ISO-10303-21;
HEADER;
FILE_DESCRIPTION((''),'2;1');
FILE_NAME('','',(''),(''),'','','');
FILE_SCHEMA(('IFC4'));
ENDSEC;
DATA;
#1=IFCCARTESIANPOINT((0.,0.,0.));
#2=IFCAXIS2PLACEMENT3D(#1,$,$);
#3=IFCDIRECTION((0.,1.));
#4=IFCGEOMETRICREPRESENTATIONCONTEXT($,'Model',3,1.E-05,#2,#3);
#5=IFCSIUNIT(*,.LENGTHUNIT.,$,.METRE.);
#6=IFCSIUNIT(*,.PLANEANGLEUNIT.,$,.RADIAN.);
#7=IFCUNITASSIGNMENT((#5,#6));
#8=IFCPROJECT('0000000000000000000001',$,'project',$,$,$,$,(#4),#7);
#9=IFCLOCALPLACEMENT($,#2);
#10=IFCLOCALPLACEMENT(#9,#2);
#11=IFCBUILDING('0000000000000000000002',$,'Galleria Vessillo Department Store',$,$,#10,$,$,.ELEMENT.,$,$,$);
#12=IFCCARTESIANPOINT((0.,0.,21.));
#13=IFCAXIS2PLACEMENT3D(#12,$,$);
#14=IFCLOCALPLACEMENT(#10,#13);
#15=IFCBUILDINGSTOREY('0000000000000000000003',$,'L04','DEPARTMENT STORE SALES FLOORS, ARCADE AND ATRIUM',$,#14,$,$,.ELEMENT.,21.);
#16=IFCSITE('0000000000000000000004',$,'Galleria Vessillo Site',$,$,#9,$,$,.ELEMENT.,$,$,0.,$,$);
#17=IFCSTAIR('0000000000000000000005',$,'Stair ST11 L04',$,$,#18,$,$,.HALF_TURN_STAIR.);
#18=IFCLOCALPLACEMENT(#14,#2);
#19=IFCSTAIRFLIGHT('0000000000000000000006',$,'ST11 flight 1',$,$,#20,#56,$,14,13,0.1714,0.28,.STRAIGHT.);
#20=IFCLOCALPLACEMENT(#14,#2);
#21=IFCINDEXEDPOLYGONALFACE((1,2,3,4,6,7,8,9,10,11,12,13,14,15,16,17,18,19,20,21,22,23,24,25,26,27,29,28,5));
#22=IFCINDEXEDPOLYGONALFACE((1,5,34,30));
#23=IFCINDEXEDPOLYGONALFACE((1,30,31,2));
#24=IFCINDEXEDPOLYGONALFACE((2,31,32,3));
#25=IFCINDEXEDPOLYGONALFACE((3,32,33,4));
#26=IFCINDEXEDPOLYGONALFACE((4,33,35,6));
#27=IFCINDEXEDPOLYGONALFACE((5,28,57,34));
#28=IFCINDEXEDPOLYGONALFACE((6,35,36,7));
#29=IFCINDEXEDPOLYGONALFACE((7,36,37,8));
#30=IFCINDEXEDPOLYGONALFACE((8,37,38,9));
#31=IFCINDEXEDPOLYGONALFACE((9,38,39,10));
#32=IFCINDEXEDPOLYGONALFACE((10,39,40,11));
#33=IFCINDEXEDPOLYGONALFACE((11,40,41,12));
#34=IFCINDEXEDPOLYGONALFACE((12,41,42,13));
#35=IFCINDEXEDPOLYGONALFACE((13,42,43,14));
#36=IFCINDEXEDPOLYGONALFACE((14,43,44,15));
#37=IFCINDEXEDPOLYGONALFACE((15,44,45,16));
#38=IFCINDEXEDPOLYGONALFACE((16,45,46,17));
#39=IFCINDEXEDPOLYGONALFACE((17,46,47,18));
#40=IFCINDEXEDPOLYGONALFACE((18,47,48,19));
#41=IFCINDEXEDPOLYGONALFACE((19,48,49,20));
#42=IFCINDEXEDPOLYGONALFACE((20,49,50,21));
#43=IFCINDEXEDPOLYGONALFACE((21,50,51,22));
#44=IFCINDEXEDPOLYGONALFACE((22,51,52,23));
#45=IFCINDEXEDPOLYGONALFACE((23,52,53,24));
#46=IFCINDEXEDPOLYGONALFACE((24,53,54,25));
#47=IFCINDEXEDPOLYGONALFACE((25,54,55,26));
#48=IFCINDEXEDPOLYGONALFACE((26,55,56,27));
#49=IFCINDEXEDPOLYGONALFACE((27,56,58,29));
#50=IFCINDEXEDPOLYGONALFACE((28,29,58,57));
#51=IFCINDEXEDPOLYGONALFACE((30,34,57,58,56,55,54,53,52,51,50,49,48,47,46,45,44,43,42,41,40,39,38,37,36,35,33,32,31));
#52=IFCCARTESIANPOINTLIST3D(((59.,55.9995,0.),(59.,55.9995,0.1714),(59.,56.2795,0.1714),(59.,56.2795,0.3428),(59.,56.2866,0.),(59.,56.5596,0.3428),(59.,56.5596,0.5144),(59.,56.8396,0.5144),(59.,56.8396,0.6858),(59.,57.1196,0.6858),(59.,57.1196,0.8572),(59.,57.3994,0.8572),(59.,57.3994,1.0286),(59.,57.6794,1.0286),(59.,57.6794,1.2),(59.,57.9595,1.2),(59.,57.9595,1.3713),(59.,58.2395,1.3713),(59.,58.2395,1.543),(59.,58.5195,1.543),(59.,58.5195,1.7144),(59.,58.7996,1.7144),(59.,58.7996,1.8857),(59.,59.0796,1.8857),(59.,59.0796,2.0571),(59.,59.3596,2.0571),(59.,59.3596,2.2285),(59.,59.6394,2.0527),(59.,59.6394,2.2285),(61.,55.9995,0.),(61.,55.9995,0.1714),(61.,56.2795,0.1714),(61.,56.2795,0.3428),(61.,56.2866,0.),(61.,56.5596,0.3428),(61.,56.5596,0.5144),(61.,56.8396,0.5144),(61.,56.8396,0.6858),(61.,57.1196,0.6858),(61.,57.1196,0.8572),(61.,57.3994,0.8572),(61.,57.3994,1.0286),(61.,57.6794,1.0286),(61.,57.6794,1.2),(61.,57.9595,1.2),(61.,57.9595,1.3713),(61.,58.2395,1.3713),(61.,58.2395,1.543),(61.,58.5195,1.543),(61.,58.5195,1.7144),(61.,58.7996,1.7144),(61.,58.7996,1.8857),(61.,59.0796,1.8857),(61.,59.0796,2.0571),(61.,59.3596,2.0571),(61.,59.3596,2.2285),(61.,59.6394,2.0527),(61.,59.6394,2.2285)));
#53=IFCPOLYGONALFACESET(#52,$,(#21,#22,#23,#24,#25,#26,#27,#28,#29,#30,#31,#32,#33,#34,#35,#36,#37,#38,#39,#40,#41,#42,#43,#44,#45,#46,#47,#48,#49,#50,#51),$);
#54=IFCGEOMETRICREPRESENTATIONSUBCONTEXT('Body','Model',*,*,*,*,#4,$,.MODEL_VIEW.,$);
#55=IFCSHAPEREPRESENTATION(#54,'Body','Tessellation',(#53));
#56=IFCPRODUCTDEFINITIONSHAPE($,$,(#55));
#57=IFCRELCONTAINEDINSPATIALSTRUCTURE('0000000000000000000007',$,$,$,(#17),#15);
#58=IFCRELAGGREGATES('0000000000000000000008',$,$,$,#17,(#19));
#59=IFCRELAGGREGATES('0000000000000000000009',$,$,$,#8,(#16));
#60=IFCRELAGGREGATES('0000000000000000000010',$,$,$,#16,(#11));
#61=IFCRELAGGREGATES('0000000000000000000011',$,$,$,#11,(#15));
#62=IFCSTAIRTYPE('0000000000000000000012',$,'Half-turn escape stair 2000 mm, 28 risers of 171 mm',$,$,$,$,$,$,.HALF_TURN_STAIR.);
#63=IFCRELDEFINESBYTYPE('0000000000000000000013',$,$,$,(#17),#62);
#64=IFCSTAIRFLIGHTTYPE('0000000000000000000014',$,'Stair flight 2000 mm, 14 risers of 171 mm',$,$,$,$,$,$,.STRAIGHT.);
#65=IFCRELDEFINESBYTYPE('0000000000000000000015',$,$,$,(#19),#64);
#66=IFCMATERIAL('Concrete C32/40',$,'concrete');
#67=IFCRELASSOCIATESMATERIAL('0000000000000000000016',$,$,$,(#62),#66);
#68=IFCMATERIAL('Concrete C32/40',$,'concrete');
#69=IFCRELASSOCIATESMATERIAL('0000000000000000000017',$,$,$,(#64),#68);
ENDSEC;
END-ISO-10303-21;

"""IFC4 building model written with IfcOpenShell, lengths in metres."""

from ifc_helpers import new_model, si_unit, direction, frame, origin, place, context, subcontext, project, spatial, polyline, outline, extrude, material, type_object, element, aggregate, save


model = new_model("IFC4")

# Units and contexts
model_context = context("Model", 3, precision=1e-05, world=origin(), true_north=direction((0.0, 1.0)))
body_context = subcontext(model_context, "Body", "Model", "MODEL_VIEW")
ifc_project = project(units=[si_unit("LENGTHUNIT", "METRE"), si_unit("PLANEANGLEUNIT", "RADIAN")], contexts=[model_context])

# Site, building, storey
site_placement = place(None, origin())
site = spatial("IfcSite", under=ifc_project, at=site_placement, Name="Galleria Vessillo Site", CompositionType="ELEMENT", RefElevation=0.0)
building_placement = place(site_placement, origin())
building = spatial("IfcBuilding", under=site, at=building_placement, Name="Galleria Vessillo Department Store", CompositionType="ELEMENT")
storey_placement = place(building_placement, frame((0.0, 0.0, 21.0)))
storey = spatial("IfcBuildingStorey", under=building, at=storey_placement, Name="L04", Description="DEPARTMENT STORE SALES FLOORS, ARCADE AND ATRIUM", CompositionType="ELEMENT", Elevation=21.0)

# Stair, stair flight
ifc_material_1 = material(Name="Concrete C32/40", Category="concrete")
stair_type = type_object("IfcStairType", Name="Half-turn escape stair 2000 mm, 28 risers of 171 mm", PredefinedType="HALF_TURN_STAIR", material=ifc_material_1)
stair_placement = place(storey_placement, origin())
stair = element("IfcStair", 1, at=stair_placement, inside=storey, type_object=stair_type, Name="Stair ST11 L04", PredefinedType="HALF_TURN_STAIR")
ifc_material_2 = material(Name="Concrete C32/40", Category="concrete")
stair_flight_type = type_object("IfcStairFlightType", Name="Stair flight 2000 mm, 14 risers of 171 mm", PredefinedType="STRAIGHT", material=ifc_material_2)
stair_flight_placement = place(storey_placement, frame((60.0, 55.9995, 0.0), z_axis=(0.0, 0.0, 1.0), x_axis=(0.0, 1.0, 0.0)))
stair_flight = element("IfcStairFlight", 2, at=stair_flight_placement, type_object=stair_flight_type, Name="ST11 flight 1", NumberOfRisers=14, NumberOfTreads=13, PredefinedType="STRAIGHT", RiserHeight=0.1714, TreadLength=0.28, context=body_context, shape_type="SweptSolid", body=[
    extrude(outline(polyline([(0.0, 0.0), (0.0, 0.1714), (0.28, 0.1714), (0.28, 0.3428), (0.5601, 0.3428), (0.5601, 0.5144), (0.8401, 0.5144), (0.8401, 0.6858), (1.1201, 0.6858), (1.1201, 0.8572), (1.3999, 0.8572), (1.3999, 1.0286), (1.6799, 1.0286), (1.6799, 1.2), (1.96, 1.2), (1.96, 1.3713), (2.24, 1.3713), (2.24, 1.543), (2.52, 1.543), (2.52, 1.7144), (2.8, 1.7144), (2.8, 1.8857), (3.0801, 1.8857), (3.0801, 2.0571), (3.3601, 2.0571), (3.3601, 2.2285), (3.6399, 2.2285), (3.6399, 2.3999), (3.6399, 2.0527), (0.2871, 0.0), (0.0, 0.0)])), frame((0.0, 1.0, 0.0), z_axis=(0.0, -1.0, 0.0), x_axis=(1.0, 0.0, 0.0)), (0.0, 0.0, 1.0), 2.0),
])
aggregate(stair, [stair_flight])

save(model, "model.ifc")
